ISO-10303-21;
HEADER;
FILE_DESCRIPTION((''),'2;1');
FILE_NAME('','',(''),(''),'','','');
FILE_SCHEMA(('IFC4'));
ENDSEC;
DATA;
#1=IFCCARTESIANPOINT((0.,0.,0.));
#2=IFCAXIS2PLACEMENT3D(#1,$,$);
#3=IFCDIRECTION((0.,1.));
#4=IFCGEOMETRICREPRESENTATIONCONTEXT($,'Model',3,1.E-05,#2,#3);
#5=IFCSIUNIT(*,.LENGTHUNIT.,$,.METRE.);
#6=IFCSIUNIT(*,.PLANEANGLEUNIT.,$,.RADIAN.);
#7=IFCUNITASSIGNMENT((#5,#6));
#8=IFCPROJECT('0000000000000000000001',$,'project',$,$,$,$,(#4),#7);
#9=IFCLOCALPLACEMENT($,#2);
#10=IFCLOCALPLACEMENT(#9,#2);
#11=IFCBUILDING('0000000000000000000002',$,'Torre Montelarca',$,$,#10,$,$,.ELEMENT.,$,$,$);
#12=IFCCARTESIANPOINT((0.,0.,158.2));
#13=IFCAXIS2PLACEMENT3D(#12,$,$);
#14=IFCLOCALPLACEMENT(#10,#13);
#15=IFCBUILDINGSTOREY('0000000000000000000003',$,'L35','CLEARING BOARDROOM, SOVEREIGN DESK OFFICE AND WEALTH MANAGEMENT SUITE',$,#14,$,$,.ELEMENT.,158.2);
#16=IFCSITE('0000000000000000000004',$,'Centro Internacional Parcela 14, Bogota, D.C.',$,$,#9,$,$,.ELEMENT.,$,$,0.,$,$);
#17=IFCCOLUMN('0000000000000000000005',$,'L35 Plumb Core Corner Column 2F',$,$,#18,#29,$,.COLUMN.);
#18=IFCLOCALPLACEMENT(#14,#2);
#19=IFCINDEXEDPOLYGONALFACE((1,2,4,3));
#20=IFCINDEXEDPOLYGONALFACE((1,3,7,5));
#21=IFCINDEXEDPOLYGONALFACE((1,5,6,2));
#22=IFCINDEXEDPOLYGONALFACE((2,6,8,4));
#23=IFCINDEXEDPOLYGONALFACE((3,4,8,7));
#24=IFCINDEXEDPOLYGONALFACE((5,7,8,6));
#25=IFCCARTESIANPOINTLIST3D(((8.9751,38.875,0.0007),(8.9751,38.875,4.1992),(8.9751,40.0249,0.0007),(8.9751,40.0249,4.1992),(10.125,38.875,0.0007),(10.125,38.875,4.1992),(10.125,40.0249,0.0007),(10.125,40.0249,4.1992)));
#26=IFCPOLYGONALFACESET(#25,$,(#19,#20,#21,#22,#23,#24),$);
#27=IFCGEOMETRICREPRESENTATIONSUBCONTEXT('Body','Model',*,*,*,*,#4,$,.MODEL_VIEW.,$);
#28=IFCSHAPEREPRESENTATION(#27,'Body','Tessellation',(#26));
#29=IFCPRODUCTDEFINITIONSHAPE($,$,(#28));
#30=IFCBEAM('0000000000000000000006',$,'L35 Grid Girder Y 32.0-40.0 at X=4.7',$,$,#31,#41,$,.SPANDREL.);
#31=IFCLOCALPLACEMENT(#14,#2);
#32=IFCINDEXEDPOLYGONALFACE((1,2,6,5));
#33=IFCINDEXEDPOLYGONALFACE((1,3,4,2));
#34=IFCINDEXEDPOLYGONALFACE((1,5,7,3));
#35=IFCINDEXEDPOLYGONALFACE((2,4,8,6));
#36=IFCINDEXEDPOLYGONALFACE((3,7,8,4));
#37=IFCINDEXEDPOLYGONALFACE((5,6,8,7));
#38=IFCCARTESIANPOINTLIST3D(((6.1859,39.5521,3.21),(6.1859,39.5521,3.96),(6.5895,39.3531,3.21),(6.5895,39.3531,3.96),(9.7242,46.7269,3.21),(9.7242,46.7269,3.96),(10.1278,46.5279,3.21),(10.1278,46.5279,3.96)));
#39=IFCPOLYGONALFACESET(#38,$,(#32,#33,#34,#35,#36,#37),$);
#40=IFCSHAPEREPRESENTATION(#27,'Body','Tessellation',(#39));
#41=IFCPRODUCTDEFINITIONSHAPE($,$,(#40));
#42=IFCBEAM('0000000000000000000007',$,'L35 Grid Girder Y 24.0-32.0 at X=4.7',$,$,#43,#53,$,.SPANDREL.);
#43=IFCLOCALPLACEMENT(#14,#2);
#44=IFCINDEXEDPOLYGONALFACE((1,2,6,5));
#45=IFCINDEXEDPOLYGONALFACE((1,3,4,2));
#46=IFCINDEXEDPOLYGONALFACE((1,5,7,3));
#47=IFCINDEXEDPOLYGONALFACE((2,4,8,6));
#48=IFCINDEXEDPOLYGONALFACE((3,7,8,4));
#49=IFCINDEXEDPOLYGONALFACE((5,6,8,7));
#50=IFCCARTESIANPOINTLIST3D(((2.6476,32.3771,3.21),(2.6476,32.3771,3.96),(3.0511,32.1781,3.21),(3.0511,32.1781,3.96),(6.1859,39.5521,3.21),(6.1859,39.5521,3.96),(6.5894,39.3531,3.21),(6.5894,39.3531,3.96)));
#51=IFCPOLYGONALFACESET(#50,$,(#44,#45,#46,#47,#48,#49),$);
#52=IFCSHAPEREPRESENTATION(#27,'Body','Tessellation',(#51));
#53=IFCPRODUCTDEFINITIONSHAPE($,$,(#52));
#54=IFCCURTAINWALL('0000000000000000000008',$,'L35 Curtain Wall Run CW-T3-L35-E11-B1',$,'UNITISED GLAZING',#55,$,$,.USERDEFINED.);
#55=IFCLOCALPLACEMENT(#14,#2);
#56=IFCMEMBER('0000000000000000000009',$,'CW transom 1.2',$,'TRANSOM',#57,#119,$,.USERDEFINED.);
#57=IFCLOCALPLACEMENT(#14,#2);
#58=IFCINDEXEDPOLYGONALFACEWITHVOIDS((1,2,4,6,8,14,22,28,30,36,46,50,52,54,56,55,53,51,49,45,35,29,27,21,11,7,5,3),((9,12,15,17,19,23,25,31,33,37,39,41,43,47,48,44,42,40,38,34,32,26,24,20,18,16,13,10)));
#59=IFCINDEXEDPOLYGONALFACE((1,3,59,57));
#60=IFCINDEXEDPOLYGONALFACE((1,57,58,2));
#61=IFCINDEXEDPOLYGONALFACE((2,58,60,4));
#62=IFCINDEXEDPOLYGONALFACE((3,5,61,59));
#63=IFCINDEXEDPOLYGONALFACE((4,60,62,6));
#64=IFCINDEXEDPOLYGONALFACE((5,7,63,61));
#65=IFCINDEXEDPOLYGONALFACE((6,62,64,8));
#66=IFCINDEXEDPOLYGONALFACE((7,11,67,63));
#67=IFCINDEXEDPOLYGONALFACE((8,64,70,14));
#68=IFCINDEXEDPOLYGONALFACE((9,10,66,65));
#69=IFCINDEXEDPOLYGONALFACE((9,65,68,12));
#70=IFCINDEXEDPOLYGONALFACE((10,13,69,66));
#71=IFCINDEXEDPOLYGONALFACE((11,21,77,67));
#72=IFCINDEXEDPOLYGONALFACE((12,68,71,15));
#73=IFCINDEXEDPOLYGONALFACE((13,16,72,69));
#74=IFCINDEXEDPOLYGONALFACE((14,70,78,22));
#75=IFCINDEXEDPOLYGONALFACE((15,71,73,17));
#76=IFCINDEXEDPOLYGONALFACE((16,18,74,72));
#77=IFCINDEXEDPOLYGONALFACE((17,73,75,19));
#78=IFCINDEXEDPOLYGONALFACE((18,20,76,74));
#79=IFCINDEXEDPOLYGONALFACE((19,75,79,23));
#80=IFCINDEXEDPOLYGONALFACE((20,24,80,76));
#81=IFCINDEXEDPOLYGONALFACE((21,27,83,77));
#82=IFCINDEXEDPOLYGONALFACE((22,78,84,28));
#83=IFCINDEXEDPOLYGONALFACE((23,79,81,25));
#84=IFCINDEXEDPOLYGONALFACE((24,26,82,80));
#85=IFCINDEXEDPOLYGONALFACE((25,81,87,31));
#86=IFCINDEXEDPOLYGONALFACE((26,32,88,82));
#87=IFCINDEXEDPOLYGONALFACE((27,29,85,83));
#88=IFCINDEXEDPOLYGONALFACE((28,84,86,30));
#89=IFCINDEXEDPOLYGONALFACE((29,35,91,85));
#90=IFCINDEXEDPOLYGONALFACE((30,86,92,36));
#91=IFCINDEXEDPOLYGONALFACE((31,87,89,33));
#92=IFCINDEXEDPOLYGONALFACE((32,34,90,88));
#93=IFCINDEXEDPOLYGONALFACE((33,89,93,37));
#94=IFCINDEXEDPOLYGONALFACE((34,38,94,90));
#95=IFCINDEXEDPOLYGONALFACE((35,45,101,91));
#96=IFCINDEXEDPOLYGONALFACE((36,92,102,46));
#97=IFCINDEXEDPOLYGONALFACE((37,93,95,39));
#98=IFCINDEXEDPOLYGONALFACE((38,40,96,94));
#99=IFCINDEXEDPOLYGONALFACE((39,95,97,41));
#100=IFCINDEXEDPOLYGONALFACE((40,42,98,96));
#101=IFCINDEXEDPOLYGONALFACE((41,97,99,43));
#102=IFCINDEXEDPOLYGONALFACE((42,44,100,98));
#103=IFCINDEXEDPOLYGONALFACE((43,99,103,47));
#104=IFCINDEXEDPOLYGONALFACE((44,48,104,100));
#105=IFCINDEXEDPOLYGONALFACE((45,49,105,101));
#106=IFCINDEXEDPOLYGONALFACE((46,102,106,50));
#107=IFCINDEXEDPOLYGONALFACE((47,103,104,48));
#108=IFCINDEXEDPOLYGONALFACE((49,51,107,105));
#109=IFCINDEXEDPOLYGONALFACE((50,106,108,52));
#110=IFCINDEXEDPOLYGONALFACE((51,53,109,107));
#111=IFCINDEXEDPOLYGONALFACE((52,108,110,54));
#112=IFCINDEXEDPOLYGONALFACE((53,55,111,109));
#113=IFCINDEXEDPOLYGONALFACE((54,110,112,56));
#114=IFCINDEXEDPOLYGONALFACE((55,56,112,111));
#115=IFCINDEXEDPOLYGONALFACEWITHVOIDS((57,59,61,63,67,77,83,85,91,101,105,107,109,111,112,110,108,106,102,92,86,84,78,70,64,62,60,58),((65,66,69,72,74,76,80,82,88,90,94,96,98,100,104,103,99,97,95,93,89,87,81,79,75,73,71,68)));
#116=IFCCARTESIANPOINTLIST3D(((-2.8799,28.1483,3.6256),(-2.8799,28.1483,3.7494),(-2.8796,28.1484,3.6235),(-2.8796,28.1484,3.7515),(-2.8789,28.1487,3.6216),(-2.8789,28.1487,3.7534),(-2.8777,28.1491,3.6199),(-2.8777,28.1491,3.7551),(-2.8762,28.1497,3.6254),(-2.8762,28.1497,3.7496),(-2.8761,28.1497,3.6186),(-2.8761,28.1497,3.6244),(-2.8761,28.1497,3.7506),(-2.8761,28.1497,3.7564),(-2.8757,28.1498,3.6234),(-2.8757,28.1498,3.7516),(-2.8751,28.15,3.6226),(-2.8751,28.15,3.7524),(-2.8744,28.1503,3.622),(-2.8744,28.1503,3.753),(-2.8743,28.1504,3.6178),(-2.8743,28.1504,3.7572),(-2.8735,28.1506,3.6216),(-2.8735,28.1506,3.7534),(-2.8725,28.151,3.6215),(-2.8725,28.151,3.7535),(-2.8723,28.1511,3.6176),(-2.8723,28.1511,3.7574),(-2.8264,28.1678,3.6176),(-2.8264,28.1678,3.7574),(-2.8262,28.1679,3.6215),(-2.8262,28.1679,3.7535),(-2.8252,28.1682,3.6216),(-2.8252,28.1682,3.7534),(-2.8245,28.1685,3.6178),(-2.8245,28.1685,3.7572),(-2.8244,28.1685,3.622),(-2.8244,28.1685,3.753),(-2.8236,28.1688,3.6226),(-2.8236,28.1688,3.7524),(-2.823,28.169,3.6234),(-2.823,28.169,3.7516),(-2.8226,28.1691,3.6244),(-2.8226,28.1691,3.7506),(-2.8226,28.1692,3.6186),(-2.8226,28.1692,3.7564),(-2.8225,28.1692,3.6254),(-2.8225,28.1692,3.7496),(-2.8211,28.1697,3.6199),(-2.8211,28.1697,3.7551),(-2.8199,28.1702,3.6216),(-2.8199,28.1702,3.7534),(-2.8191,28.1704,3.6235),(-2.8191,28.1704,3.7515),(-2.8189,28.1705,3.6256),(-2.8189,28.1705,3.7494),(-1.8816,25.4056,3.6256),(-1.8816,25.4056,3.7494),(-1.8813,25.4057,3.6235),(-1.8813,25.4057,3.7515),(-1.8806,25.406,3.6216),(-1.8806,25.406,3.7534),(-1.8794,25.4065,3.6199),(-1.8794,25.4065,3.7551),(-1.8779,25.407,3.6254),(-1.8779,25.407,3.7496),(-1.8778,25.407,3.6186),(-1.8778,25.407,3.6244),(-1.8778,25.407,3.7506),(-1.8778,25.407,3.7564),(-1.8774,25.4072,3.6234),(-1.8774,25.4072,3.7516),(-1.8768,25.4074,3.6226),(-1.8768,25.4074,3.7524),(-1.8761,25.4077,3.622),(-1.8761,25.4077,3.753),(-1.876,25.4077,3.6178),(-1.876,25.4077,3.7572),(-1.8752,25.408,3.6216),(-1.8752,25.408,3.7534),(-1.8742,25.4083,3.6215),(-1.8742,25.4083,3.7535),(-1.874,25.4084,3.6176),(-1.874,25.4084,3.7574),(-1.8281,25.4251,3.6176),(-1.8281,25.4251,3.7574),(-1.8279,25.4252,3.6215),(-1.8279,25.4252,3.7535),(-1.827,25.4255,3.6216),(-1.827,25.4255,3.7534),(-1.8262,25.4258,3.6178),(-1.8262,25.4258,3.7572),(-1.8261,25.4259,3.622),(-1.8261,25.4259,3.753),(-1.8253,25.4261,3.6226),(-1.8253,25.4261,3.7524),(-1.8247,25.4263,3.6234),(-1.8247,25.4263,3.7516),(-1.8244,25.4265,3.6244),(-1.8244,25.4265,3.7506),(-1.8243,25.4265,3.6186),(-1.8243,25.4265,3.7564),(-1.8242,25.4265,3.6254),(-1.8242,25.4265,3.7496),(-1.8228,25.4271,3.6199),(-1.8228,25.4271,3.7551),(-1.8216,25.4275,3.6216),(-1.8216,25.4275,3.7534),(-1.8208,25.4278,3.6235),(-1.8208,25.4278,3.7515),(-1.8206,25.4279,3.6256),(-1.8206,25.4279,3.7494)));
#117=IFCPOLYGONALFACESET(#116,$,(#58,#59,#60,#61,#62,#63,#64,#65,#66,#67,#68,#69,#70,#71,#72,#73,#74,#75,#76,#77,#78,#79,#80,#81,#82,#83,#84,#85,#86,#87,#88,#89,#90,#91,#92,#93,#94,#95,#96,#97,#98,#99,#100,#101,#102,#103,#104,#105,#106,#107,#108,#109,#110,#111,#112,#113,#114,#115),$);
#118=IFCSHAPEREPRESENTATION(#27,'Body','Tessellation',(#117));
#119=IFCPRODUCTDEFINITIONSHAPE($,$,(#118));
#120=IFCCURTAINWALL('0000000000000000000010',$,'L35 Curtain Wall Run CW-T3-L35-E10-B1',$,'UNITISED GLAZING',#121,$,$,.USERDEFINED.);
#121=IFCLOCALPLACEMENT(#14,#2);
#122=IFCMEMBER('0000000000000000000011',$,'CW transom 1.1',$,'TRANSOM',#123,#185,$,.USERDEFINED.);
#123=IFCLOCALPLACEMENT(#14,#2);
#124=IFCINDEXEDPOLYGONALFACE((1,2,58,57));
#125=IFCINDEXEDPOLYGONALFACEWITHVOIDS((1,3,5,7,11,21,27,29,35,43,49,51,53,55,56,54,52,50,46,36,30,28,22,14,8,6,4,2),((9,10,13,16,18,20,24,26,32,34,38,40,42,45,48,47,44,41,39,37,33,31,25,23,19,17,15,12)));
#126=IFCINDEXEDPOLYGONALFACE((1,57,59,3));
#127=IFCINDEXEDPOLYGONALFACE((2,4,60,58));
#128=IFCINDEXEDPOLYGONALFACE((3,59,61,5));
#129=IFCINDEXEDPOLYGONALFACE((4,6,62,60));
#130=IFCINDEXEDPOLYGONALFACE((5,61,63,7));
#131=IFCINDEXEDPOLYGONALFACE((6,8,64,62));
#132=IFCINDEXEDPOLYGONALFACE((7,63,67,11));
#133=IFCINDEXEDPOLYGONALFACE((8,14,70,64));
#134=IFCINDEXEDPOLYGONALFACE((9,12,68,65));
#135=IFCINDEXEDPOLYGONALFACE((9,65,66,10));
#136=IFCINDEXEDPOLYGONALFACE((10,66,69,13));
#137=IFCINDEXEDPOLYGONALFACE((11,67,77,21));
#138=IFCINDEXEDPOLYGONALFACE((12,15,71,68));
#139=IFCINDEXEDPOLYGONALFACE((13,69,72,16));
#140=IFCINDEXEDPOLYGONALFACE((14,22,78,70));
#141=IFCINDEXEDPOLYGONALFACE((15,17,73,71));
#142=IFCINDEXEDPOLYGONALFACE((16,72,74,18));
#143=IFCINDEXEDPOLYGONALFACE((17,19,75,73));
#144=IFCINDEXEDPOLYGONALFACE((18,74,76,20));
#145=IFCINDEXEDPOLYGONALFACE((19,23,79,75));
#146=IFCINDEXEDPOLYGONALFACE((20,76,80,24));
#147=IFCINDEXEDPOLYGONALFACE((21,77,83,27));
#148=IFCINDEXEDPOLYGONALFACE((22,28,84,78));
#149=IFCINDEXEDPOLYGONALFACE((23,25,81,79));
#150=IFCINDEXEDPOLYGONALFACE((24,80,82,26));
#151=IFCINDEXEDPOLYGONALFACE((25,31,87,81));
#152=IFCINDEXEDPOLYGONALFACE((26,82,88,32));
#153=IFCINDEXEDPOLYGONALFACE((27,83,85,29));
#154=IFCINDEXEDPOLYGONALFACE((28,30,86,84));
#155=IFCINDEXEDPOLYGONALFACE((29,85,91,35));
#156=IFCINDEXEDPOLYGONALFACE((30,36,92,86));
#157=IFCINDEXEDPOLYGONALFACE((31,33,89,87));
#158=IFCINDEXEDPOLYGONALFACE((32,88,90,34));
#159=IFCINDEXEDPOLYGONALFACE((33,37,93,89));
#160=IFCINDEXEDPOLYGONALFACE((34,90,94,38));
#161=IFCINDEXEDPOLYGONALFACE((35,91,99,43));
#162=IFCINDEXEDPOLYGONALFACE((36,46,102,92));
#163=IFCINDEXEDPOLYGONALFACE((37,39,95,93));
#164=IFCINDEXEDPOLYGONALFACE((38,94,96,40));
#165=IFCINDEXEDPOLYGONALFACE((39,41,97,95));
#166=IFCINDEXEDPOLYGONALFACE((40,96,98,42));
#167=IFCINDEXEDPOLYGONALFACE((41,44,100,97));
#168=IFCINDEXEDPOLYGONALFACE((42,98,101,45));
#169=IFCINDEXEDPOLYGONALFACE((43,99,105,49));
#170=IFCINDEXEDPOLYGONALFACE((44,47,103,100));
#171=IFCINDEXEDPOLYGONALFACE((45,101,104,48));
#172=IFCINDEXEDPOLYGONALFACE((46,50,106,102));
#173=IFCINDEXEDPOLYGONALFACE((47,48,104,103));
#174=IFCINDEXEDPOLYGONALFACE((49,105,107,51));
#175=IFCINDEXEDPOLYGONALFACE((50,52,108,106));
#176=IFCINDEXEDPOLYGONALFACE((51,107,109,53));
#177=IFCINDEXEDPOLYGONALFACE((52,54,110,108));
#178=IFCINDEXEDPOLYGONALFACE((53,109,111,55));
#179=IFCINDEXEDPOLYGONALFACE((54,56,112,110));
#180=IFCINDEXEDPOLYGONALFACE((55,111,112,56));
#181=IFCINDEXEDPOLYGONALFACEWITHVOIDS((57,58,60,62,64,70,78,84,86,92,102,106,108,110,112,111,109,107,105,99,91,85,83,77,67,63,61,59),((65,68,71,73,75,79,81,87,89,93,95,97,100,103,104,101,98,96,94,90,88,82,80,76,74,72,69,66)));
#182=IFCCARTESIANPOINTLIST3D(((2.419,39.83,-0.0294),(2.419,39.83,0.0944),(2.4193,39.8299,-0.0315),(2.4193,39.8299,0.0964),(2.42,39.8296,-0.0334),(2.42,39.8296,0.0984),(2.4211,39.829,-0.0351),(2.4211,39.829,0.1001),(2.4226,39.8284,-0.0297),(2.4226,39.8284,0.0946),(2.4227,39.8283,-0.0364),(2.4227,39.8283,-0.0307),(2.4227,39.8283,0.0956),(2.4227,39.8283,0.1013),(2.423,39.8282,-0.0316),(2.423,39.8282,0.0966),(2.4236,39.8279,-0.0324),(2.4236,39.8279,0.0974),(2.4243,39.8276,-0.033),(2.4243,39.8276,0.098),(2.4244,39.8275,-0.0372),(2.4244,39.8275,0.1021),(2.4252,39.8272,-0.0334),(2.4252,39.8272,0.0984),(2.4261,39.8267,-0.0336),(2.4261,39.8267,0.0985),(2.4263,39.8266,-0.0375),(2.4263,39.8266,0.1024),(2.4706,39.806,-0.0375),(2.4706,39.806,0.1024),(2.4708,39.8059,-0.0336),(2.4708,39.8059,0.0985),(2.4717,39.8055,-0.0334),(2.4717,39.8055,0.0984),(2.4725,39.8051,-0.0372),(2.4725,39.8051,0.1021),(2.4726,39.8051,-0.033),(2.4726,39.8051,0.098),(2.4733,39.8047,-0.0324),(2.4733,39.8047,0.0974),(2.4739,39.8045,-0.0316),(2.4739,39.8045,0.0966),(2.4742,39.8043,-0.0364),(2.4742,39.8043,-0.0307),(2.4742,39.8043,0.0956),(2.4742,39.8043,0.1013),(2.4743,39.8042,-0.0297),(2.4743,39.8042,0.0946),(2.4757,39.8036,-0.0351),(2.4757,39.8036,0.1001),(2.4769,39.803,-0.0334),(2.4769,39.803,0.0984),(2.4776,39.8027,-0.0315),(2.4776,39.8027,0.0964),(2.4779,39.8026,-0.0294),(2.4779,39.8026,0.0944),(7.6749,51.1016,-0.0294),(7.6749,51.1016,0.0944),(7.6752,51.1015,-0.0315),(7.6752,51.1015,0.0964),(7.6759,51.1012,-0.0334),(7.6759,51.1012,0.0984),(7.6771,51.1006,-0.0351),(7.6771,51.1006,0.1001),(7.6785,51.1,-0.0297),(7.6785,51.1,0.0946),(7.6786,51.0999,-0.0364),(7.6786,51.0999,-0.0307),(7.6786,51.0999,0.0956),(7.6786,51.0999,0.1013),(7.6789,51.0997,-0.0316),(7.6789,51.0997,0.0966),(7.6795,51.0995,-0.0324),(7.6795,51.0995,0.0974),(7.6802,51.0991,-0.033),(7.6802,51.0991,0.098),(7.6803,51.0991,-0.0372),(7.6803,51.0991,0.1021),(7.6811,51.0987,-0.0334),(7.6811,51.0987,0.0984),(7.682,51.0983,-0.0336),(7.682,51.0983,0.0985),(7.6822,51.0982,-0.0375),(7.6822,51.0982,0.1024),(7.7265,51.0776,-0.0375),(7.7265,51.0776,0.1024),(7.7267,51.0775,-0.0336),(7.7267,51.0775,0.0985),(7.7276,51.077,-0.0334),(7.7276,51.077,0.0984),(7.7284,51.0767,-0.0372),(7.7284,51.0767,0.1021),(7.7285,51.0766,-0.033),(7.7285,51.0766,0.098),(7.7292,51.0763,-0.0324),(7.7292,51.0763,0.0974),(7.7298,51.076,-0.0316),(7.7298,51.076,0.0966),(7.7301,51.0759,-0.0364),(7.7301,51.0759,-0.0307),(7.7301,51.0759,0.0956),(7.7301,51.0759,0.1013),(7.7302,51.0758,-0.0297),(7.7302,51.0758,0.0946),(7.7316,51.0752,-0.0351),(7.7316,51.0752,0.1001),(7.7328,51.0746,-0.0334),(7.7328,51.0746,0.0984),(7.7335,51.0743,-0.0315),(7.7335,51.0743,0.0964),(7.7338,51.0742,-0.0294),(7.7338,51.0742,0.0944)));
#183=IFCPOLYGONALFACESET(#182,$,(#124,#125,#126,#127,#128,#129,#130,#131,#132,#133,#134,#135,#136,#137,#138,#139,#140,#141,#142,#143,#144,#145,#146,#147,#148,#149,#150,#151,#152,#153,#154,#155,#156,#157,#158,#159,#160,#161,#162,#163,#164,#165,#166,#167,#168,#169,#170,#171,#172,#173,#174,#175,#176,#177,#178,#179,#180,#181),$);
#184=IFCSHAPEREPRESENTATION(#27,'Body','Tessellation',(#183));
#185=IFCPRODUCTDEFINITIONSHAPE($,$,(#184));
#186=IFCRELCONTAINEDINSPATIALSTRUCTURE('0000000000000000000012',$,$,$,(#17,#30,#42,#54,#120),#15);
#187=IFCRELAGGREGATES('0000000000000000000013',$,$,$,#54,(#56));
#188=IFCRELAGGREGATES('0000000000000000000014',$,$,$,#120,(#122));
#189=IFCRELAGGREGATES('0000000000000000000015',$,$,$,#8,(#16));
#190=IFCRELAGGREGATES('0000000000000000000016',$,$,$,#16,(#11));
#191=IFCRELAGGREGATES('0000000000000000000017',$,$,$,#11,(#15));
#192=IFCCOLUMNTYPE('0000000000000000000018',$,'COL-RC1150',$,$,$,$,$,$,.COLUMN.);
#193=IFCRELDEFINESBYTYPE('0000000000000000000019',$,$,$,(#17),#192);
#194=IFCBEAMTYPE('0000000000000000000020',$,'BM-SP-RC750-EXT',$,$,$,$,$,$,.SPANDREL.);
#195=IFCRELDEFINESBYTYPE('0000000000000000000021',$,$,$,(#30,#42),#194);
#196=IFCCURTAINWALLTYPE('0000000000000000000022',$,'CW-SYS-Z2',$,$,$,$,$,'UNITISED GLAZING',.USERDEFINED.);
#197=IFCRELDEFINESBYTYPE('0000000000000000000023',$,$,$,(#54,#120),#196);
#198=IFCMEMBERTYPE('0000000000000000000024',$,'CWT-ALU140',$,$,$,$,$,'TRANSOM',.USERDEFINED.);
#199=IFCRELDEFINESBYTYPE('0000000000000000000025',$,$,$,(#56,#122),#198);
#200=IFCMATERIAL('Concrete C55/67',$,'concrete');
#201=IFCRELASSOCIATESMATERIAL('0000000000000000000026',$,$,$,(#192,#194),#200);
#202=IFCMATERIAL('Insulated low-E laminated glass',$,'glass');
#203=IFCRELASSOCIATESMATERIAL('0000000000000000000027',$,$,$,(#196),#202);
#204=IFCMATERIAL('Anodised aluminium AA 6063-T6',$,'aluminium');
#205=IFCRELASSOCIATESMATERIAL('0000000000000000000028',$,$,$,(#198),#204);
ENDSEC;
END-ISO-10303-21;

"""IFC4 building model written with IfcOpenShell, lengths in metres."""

from ifc_helpers import new_model, si_unit, direction, frame, origin, origin_2d, place, context, subcontext, project, spatial, rectangle, hollow_rectangle, extrude, source, transform, mapped, material, material_profile, profile_set, type_object, element, aggregate, save


model = new_model("IFC4")

# Units and contexts
model_context = context("Model", 3, precision=1e-05, world=origin(), true_north=direction((0.0, 1.0)))
body_context = subcontext(model_context, "Body", "Model", "MODEL_VIEW")
ifc_project = project(units=[si_unit("LENGTHUNIT", "METRE"), si_unit("PLANEANGLEUNIT", "RADIAN")], contexts=[model_context])

# Site, building, storey
site_placement = place(None, origin())
site = spatial("IfcSite", under=ifc_project, at=site_placement, Name="Centro Internacional Parcela 14, Bogota, D.C.", CompositionType="ELEMENT", RefElevation=0.0)
building_placement = place(site_placement, origin())
building = spatial("IfcBuilding", under=site, at=building_placement, Name="Torre Montelarca", CompositionType="ELEMENT")
storey_placement = place(building_placement, frame((0.0, 0.0, 158.2)))
storey = spatial("IfcBuildingStorey", under=building, at=storey_placement, Name="L35", Description="CLEARING BOARDROOM, SOVEREIGN DESK OFFICE AND WEALTH MANAGEMENT SUITE", CompositionType="ELEMENT", Elevation=158.2)

# Column
ifc_material_1 = material(Name="Concrete C55/67", Category="concrete")
ifc_material_profile_1 = material_profile(ifc_material_1, rectangle(XDim=1.1499, YDim=1.1499, at=origin_2d()), Name="RC1150X1150", Category="concrete")
ifc_profile_set_1 = profile_set([ifc_material_profile_1], Name="Concrete C55/67")
column_type_1 = type_object("IfcColumnType", Name="COL-RC1150", PredefinedType="COLUMN", material=ifc_profile_set_1)
shared_shape_1 = source(origin(), body_context, "Body", "SweptSolid", [
    extrude(rectangle(XDim=1.1499, YDim=1.1499, at=origin_2d()), origin(), (0.0, 0.0, 1.0), 4.1985),
])
column_1_placement = place(storey_placement, frame((9.55, 39.45, 0.0007), z_axis=(0.0, 0.0, 1.0), x_axis=(1.0, 0.0, 0.0)))
element("IfcColumn", 1, at=column_1_placement, inside=storey, type_object=column_type_1, Name="L35 Plumb Core Corner Column 2F", PredefinedType="COLUMN", context=body_context, shape_type="MappedRepresentation", body=[
    mapped(shared_shape_1, transform((0.0, 0.0, 0.0), scale=1.0)),
])

# Beams
ifc_material_profile_2 = material_profile(ifc_material_1, rectangle(XDim=0.45, YDim=0.75, at=origin_2d()), Name="RCB450X750", Category="concrete")
ifc_profile_set_2 = profile_set([ifc_material_profile_2], Name="Concrete C55/67")
beam_type = type_object("IfcBeamType", Name="BM-SP-RC750-EXT", PredefinedType="SPANDREL", material=ifc_profile_set_2)
shared_shape_2 = source(origin(), body_context, "Body", "SweptSolid", [
    extrude(rectangle(XDim=0.45, YDim=0.75, at=origin_2d()), origin(), (0.0, 0.0, 1.0), 7.9998),
])
beam_1_placement = place(storey_placement, frame((6.3877, 39.4526, 3.585), z_axis=(0.4423, 0.896867, 0.0), x_axis=(-0.896867, 0.4423, 0.0)))
element("IfcBeam", 2, at=beam_1_placement, inside=storey, type_object=beam_type, Name="L35 Grid Girder Y 32.0-40.0 at X=4.7", PredefinedType="SPANDREL", context=body_context, shape_type="MappedRepresentation", body=[
    mapped(shared_shape_2, transform((0.0, 0.0, 0.0), scale=1.0)),
])
shared_shape_3 = source(origin(), body_context, "Body", "SweptSolid", [
    extrude(rectangle(XDim=0.45, YDim=0.75, at=origin_2d()), origin(), (0.0, 0.0, 1.0), 8.0),
])
beam_2_placement = place(storey_placement, frame((2.8494, 32.2776, 3.585), z_axis=(0.442287, 0.896873, 0.0), x_axis=(-0.896873, 0.442287, 0.0)))
element("IfcBeam", 3, at=beam_2_placement, inside=storey, type_object=beam_type, Name="L35 Grid Girder Y 24.0-32.0 at X=4.7", PredefinedType="SPANDREL", context=body_context, shape_type="MappedRepresentation", body=[
    mapped(shared_shape_3, transform((0.0, 0.0, 0.0), scale=1.0)),
])

# Curtain wall, member
ifc_material_2 = material(Name="Insulated low-E laminated glass", Category="glass")
curtain_wall_type = type_object("IfcCurtainWallType", Name="CW-SYS-Z2", ElementType="UNITISED GLAZING", PredefinedType="USERDEFINED", material=ifc_material_2)
curtain_wall_1_placement = place(storey_placement, origin())
curtain_wall_1 = element("IfcCurtainWall", 4, at=curtain_wall_1_placement, inside=storey, type_object=curtain_wall_type, Name="L35 Curtain Wall Run CW-T3-L35-E11-B1", ObjectType="UNITISED GLAZING", PredefinedType="USERDEFINED")
ifc_material_3 = material(Name="Anodised aluminium AA 6063-T6", Category="aluminium")
ifc_material_profile_3 = material_profile(ifc_material_3, hollow_rectangle(XDim=0.0649, YDim=0.1399, WallThickness=0.0039, InnerFilletRadius=0.0039, OuterFilletRadius=0.0081, at=origin_2d()), Name="ALU65X140X4", Category="aluminium")
ifc_profile_set_3 = profile_set([ifc_material_profile_3], Name="Anodised aluminium AA 6063-T6")
member_type_1 = type_object("IfcMemberType", Name="CWT-ALU140", ElementType="TRANSOM", PredefinedType="USERDEFINED", material=ifc_profile_set_3)
shared_shape_4 = source(origin(), body_context, "Body", "SweptSolid", [
    extrude(hollow_rectangle(XDim=0.0649, YDim=0.1399, WallThickness=0.0039, InnerFilletRadius=0.0039, OuterFilletRadius=0.0081, at=origin_2d()), origin(), (0.0, 0.0, 1.0), 2.9187),
])
member_1_placement = place(storey_placement, frame((-2.8494, 28.1594, 3.6875), z_axis=(0.342032, -0.939688, 0.0), x_axis=(0.939688, 0.342032, 0.0)))
member_1 = element("IfcMember", 5, at=member_1_placement, type_object=member_type_1, Name="CW transom 1.2", ObjectType="TRANSOM", PredefinedType="USERDEFINED", context=body_context, shape_type="MappedRepresentation", body=[
    mapped(shared_shape_4, transform((0.0, 0.0, 0.0), scale=1.0)),
])

# Curtain wall, member
curtain_wall_2_placement = place(storey_placement, origin())
curtain_wall_2 = element("IfcCurtainWall", 6, at=curtain_wall_2_placement, inside=storey, type_object=curtain_wall_type, Name="L35 Curtain Wall Run CW-T3-L35-E10-B1", ObjectType="UNITISED GLAZING", PredefinedType="USERDEFINED")
shared_shape_5 = source(origin(), body_context, "Body", "SweptSolid", [
    extrude(hollow_rectangle(XDim=0.0649, YDim=0.1399, WallThickness=0.0039, InnerFilletRadius=0.0039, OuterFilletRadius=0.0081, at=origin_2d()), origin(), (0.0, 0.0, 1.0), 12.4368),
])
member_2_placement = place(storey_placement, frame((7.7043, 51.0879, 0.0325), z_axis=(-0.42261, -0.906311, 0.0), x_axis=(0.906311, -0.42261, 0.0)))
member_2 = element("IfcMember", 7, at=member_2_placement, type_object=member_type_1, Name="CW transom 1.1", ObjectType="TRANSOM", PredefinedType="USERDEFINED", context=body_context, shape_type="MappedRepresentation", body=[
    mapped(shared_shape_5, transform((0.0, 0.0, 0.0), scale=1.0)),
])

aggregate(curtain_wall_1, [member_1])

aggregate(curtain_wall_2, [member_2])

save(model, "model.ifc")
